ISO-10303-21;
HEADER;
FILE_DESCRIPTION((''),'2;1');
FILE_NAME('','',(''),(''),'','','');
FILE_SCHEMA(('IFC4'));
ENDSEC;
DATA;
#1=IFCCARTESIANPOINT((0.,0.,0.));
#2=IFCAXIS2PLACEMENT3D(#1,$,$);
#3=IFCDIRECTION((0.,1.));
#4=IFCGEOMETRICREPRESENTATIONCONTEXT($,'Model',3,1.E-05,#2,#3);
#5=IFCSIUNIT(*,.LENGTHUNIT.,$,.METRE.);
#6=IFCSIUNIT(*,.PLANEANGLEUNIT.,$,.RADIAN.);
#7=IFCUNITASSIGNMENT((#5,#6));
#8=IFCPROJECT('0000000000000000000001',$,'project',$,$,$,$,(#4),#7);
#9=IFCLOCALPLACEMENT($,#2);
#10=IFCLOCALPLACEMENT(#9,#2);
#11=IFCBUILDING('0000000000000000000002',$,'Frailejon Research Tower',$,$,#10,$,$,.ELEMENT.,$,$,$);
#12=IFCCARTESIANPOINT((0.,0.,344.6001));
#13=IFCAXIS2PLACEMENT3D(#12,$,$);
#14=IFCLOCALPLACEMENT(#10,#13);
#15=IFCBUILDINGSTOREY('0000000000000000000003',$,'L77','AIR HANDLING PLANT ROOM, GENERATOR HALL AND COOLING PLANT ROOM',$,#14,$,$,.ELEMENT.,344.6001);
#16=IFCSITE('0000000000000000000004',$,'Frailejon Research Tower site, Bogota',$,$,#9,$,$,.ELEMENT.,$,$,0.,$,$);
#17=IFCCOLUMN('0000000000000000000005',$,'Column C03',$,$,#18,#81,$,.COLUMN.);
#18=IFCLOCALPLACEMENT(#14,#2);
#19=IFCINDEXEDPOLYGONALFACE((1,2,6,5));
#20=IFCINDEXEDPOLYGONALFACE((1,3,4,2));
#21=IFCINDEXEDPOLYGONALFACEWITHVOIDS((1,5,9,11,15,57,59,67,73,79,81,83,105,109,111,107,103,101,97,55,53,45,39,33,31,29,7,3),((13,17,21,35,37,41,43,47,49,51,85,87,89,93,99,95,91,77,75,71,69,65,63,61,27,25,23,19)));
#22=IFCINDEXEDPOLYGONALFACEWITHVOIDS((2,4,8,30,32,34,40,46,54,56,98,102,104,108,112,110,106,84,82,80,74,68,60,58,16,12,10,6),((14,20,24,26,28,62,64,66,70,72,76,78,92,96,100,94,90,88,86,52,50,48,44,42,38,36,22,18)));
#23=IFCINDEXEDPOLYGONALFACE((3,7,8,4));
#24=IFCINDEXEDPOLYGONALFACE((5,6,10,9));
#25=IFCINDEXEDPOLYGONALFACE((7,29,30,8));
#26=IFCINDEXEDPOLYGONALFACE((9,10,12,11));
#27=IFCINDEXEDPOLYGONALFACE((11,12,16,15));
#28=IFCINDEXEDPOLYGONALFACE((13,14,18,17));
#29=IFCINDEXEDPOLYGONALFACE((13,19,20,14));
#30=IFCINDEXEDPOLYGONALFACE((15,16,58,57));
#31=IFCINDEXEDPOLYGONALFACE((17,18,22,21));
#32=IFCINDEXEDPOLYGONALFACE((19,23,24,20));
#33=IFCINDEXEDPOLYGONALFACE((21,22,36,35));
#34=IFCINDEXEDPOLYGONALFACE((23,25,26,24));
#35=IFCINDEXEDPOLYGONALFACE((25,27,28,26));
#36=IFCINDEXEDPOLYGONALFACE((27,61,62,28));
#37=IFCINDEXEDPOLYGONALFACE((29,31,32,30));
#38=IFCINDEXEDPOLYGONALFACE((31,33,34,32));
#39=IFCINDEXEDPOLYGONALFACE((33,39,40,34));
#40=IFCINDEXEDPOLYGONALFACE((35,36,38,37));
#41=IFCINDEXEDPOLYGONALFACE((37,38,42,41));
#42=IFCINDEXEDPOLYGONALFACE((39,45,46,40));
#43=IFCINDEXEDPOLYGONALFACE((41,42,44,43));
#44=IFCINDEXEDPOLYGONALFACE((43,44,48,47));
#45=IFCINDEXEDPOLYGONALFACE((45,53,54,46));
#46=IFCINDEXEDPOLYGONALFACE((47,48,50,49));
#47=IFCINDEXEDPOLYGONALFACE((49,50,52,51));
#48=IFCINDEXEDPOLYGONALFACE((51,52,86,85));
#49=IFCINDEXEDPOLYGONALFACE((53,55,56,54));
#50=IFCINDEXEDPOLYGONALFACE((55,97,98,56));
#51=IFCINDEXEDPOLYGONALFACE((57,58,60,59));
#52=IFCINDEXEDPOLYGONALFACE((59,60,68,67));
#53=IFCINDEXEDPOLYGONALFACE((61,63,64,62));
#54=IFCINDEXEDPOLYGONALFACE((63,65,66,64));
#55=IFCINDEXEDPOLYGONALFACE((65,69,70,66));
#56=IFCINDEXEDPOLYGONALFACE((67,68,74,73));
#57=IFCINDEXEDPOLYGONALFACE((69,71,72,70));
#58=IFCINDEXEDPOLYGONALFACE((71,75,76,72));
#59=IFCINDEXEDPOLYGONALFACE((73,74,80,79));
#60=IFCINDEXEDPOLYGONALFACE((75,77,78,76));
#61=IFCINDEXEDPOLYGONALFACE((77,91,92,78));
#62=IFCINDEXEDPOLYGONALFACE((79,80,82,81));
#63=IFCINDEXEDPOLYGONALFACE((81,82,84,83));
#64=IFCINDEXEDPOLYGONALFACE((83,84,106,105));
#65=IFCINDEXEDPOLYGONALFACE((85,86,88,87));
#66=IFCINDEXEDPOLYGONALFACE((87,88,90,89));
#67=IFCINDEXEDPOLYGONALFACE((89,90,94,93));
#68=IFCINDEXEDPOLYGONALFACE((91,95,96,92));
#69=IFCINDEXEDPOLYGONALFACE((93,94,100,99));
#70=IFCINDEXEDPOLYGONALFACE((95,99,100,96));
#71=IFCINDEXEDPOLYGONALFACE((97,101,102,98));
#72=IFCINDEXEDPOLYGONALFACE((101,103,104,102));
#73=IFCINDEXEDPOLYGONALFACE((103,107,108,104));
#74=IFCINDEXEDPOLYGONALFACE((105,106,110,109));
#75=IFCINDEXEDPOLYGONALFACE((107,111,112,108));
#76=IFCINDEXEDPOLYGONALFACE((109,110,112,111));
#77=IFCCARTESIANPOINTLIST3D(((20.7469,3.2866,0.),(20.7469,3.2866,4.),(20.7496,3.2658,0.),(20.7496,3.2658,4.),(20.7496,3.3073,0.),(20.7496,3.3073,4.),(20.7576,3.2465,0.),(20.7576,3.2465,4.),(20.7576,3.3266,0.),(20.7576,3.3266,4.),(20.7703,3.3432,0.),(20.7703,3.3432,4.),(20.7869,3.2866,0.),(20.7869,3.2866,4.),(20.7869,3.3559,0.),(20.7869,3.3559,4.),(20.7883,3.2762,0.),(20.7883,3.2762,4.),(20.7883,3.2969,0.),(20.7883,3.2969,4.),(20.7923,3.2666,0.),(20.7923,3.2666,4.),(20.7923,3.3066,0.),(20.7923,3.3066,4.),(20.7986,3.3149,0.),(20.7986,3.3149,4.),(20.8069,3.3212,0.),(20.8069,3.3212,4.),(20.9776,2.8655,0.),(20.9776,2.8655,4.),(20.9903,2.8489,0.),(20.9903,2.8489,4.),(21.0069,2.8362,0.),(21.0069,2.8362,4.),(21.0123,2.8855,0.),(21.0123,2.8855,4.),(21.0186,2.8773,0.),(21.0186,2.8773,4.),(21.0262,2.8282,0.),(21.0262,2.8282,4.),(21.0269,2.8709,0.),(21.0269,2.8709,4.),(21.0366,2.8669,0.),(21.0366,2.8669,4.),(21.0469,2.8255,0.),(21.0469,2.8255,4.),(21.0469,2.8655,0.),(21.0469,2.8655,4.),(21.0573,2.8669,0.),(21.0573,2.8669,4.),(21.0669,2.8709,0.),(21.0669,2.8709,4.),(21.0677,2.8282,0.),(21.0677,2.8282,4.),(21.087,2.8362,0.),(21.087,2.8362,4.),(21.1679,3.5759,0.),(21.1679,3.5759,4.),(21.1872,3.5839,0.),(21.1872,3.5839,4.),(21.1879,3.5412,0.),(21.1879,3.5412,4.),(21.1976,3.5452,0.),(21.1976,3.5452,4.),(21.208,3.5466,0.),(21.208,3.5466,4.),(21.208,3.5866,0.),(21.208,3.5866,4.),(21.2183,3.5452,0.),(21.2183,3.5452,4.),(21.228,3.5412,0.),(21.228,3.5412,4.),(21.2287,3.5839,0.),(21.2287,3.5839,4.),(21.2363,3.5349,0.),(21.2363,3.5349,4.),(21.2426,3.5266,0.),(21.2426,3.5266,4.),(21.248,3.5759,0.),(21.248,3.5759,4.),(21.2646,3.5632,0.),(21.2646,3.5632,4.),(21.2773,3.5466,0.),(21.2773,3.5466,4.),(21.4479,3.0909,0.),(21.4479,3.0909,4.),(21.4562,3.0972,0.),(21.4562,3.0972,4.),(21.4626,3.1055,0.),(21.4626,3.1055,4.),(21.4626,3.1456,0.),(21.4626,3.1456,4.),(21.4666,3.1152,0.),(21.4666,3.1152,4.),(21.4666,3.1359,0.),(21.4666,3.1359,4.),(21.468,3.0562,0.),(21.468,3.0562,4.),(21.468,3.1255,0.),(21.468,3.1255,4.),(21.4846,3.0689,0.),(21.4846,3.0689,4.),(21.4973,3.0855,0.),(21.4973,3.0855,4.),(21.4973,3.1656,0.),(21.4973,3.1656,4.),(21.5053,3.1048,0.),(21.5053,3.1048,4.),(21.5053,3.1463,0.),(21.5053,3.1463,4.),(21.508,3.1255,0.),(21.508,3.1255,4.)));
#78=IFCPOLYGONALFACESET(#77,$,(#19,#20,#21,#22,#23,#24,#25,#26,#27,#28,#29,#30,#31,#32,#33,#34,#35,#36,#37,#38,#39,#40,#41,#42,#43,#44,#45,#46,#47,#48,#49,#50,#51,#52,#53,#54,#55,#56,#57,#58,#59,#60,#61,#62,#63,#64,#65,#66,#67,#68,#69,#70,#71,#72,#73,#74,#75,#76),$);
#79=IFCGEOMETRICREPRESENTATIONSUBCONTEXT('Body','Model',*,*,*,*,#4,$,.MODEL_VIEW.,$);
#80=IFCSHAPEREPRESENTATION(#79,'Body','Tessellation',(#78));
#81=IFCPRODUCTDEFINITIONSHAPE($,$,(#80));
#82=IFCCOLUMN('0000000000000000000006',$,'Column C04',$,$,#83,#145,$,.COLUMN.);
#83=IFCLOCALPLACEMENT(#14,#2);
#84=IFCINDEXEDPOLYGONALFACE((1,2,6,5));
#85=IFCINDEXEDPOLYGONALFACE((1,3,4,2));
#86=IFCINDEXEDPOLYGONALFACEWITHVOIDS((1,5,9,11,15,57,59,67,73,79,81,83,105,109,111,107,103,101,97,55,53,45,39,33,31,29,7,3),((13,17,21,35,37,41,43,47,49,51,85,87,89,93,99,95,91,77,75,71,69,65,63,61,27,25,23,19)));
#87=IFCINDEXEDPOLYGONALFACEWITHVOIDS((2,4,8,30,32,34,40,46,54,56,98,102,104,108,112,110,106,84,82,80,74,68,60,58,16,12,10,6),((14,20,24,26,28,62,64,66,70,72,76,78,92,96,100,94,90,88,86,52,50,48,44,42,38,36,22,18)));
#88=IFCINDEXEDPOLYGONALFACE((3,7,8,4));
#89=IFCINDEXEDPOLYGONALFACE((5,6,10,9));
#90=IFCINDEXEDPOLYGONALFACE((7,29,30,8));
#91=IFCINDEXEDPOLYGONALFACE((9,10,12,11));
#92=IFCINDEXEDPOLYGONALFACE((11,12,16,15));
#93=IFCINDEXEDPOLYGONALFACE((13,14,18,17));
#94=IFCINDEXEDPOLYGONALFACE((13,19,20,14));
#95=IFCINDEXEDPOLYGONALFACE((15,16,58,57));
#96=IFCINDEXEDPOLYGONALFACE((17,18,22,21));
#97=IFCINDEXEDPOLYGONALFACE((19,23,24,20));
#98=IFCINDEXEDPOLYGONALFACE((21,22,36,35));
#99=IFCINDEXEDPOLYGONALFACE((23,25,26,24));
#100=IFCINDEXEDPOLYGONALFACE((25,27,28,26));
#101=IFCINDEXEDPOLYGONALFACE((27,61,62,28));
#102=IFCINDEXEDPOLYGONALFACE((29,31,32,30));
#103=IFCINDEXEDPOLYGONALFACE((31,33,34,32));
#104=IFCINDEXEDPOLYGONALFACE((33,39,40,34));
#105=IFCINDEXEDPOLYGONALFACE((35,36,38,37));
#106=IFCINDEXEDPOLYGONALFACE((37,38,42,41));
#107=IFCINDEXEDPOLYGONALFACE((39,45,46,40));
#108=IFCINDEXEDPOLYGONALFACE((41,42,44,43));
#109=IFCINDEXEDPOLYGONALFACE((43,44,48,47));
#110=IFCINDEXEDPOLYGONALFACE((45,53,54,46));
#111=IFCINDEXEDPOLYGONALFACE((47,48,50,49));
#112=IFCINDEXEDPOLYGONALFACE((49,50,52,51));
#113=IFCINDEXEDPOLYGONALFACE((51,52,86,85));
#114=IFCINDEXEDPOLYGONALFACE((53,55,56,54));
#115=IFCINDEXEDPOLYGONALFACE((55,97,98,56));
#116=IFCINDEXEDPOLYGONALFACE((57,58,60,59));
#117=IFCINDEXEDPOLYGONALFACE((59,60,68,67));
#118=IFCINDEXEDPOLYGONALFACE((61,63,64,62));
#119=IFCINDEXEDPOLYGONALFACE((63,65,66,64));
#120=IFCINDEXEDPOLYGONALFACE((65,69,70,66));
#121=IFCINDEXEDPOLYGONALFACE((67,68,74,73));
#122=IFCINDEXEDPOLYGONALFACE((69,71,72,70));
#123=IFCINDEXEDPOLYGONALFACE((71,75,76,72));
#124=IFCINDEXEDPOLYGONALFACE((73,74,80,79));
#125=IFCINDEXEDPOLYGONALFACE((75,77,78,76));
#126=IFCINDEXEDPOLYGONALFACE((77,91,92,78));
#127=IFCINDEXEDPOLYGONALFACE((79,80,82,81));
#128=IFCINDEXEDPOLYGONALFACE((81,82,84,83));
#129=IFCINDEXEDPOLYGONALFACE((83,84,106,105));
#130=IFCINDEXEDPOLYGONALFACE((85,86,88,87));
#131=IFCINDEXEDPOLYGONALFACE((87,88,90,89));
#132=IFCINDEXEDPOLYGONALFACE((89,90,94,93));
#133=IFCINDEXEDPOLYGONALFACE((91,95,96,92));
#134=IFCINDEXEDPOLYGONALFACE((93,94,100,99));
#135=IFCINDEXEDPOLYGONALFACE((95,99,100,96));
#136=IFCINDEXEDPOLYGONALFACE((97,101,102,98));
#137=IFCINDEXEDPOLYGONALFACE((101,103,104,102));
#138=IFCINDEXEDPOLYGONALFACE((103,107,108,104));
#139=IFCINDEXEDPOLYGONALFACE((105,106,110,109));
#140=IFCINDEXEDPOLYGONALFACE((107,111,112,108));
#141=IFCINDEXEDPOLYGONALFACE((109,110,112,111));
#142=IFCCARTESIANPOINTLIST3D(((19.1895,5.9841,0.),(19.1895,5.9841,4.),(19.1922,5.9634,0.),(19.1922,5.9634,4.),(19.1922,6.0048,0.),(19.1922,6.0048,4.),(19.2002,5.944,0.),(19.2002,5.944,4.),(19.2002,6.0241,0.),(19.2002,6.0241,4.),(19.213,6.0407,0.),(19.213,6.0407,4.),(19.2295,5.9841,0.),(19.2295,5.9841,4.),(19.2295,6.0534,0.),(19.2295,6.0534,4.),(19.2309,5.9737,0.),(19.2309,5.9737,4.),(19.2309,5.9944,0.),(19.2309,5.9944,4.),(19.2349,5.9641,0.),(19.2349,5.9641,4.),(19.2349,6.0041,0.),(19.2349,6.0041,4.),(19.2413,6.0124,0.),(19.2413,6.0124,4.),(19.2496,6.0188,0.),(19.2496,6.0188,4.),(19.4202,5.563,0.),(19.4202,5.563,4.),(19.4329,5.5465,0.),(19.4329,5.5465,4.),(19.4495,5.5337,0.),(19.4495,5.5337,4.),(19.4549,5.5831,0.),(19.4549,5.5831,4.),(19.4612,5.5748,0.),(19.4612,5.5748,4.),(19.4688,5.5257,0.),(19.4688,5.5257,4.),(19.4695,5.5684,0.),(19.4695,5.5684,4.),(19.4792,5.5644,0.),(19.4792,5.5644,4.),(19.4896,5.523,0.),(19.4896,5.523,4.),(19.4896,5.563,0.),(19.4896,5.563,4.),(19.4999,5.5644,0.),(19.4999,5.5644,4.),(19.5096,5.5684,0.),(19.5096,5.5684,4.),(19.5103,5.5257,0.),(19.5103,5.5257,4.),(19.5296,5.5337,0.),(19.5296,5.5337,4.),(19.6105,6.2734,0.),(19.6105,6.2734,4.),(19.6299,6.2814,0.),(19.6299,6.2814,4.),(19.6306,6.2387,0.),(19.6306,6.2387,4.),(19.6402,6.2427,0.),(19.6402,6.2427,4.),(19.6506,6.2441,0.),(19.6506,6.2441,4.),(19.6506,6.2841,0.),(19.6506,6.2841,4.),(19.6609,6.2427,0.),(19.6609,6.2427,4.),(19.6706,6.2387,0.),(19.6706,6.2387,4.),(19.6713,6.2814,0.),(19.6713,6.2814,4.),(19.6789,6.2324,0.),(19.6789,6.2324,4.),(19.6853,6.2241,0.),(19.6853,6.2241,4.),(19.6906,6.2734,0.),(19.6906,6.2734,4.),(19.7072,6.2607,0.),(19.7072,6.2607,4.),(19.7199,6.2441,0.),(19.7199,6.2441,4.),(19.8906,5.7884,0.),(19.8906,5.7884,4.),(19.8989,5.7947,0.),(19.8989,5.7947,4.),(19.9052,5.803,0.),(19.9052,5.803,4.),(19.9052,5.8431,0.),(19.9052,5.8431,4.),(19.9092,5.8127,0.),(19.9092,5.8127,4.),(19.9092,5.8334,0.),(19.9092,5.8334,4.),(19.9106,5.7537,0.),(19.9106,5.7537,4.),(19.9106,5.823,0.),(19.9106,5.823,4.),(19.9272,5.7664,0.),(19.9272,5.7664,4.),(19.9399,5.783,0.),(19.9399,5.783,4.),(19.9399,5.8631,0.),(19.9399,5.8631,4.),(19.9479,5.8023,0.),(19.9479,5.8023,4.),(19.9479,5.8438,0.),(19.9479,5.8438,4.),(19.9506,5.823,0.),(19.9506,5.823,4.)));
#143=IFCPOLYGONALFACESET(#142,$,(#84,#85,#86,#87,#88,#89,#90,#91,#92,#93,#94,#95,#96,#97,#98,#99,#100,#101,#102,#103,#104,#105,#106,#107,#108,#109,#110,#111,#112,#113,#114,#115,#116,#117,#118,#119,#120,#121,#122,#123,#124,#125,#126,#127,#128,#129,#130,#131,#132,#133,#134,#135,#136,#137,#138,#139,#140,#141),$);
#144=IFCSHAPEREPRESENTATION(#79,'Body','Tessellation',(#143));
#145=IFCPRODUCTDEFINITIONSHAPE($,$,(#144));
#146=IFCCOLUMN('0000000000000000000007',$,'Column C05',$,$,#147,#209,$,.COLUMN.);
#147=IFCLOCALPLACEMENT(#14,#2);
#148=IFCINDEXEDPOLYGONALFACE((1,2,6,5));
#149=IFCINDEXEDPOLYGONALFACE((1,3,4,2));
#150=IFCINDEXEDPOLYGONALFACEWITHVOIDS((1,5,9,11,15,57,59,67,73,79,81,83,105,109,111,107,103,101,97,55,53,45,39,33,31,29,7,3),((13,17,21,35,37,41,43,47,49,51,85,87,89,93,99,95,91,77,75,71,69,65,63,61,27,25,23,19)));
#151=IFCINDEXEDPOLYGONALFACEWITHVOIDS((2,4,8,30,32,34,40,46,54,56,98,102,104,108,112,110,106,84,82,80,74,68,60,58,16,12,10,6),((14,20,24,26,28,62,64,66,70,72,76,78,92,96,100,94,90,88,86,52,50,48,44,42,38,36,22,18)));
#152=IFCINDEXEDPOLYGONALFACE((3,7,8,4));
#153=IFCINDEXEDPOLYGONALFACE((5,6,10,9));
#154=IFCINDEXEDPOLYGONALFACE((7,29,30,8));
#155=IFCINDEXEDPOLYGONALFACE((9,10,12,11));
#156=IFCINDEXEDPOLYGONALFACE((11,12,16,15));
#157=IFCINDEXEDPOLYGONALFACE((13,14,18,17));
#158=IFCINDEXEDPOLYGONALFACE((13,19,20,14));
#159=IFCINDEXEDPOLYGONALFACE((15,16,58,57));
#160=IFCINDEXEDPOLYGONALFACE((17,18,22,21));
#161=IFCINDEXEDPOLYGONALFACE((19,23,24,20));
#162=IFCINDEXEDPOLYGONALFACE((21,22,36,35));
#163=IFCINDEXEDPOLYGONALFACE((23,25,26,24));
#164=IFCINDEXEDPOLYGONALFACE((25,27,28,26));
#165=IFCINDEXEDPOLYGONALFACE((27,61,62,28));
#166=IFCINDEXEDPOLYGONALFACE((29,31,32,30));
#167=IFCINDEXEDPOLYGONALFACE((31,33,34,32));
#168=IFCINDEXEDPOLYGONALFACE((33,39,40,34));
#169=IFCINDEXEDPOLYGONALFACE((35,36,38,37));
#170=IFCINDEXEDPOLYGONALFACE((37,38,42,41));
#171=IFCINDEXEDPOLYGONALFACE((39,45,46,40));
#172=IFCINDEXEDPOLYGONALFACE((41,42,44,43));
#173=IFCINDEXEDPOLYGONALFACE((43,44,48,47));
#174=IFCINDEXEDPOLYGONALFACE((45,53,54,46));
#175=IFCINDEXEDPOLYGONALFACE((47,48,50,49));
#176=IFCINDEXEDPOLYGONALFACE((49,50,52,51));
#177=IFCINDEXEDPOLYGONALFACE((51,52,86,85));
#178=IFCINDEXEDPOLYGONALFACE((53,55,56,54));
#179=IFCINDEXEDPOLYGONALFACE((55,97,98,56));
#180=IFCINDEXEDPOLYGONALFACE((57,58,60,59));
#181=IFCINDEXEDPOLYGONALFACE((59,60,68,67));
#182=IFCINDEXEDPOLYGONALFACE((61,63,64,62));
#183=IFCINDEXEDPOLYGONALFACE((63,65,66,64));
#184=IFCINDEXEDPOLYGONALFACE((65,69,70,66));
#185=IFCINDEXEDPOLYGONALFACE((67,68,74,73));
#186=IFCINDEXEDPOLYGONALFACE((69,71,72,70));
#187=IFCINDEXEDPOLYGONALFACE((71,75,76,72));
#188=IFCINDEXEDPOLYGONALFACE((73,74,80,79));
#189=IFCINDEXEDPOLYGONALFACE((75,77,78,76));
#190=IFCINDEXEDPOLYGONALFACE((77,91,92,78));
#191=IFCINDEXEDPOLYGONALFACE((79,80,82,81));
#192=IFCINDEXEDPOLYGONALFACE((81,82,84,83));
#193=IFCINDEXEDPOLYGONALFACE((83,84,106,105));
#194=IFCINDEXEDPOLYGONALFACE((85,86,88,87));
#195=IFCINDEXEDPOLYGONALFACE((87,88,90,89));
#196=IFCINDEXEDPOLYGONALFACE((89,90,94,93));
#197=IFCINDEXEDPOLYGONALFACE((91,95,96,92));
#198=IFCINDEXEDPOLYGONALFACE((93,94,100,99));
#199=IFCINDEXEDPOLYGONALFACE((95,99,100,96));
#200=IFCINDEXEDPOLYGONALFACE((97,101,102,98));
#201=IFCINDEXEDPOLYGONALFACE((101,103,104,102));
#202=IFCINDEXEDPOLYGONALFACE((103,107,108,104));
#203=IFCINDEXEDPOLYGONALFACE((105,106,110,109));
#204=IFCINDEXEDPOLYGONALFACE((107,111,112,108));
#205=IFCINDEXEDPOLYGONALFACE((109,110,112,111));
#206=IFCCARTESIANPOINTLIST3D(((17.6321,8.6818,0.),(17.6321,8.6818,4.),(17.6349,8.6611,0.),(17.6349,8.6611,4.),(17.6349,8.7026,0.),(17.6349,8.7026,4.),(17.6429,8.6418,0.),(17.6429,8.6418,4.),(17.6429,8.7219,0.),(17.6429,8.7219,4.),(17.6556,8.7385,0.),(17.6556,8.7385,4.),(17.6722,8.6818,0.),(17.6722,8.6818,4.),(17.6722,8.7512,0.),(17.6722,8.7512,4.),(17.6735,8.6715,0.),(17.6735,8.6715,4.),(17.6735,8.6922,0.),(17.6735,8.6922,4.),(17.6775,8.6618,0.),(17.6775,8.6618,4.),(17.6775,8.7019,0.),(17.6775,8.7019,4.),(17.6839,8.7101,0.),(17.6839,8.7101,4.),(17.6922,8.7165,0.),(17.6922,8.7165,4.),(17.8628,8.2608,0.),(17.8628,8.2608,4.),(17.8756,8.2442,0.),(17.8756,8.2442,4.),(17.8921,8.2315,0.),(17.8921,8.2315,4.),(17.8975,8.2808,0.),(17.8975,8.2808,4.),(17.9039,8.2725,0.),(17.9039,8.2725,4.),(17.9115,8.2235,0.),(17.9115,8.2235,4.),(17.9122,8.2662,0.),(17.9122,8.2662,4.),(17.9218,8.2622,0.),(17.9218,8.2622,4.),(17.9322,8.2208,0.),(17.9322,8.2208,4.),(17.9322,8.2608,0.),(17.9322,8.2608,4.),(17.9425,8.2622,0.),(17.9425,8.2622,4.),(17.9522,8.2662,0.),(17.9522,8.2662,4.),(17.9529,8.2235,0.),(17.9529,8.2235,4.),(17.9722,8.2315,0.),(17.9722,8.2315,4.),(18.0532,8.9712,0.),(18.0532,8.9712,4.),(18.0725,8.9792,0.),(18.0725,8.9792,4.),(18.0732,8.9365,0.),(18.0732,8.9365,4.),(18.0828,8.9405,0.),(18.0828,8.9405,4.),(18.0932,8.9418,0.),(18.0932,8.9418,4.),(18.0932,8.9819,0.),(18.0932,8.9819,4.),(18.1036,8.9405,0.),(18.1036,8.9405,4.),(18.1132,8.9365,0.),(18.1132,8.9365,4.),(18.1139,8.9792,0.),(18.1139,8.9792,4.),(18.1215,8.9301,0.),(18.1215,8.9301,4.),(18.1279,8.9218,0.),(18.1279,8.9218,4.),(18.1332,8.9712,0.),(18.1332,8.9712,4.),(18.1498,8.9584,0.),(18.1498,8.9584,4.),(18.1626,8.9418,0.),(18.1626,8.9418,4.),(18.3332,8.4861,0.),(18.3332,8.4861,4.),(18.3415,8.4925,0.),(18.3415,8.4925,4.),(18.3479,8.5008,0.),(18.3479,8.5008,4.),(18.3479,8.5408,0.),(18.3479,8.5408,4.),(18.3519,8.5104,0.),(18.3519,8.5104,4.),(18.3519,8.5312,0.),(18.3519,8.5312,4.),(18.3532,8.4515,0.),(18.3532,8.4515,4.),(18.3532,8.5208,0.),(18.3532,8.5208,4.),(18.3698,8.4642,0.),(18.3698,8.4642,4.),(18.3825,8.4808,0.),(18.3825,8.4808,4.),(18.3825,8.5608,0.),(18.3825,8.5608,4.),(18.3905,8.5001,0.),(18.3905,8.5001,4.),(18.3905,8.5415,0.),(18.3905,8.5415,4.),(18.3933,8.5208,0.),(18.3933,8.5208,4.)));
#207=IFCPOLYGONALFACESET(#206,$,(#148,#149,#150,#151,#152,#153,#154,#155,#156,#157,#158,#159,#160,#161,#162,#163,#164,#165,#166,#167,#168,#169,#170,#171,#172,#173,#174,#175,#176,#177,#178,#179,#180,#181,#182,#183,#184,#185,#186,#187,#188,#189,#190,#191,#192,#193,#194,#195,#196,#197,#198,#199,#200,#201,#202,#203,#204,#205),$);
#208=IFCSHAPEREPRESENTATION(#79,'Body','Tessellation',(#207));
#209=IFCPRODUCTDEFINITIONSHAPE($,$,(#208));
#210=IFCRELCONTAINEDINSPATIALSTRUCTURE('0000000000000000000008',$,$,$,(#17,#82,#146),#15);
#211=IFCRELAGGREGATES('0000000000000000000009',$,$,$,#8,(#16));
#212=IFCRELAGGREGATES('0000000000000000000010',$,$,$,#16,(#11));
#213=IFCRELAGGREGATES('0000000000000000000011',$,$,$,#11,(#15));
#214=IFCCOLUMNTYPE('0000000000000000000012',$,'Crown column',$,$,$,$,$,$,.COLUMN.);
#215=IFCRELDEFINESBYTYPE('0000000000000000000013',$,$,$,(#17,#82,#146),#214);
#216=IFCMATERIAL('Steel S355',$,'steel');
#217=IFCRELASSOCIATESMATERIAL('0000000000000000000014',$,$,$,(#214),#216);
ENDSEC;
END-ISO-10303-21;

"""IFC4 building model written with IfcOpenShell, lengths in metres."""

from ifc_helpers import new_model, si_unit, direction, frame, origin, origin_2d, place, context, subcontext, project, spatial, hollow_rectangle, extrude, material, material_profile, profile_set, type_object, element, save


model = new_model("IFC4")

# Units and contexts
model_context = context("Model", 3, precision=1e-05, world=origin(), true_north=direction((0.0, 1.0)))
body_context = subcontext(model_context, "Body", "Model", "MODEL_VIEW")
ifc_project = project(units=[si_unit("LENGTHUNIT", "METRE"), si_unit("PLANEANGLEUNIT", "RADIAN")], contexts=[model_context])

# Site, building, storey
site_placement = place(None, origin())
site = spatial("IfcSite", under=ifc_project, at=site_placement, Name="Frailejon Research Tower site, Bogota", CompositionType="ELEMENT", RefElevation=0.0)
building_placement = place(site_placement, origin())
building = spatial("IfcBuilding", under=site, at=building_placement, Name="Frailejon Research Tower", CompositionType="ELEMENT")
storey_placement = place(building_placement, frame((0.0, 0.0, 344.6001)))
storey = spatial("IfcBuildingStorey", under=building, at=storey_placement, Name="L77", Description="AIR HANDLING PLANT ROOM, GENERATOR HALL AND COOLING PLANT ROOM", CompositionType="ELEMENT", Elevation=344.6001)

# Columns
ifc_material_1 = material(Name="Steel S355", Category="steel")
ifc_material_profile_1 = material_profile(ifc_material_1, hollow_rectangle(XDim=0.6001, YDim=0.6001, WallThickness=0.04, InnerFilletRadius=0.04, OuterFilletRadius=0.0801, at=origin_2d()), Name="Crown column")
ifc_profile_set_1 = profile_set([ifc_material_profile_1], Name="Steel S355")
column_type = type_object("IfcColumnType", Name="Crown column", PredefinedType="COLUMN", material=ifc_profile_set_1)
for number, where, z_axis, x_axis, name in (
    (1, (21.1274, 3.2061, 0.0), (0.0, 0.0, 1.0), (-0.5, 0.866025, 0.0), "Column C03"),
    (2, (19.5701, 5.9036, 0.0), (0.0, 0.0, 1.0), (-0.5, 0.866025, 0.0), "Column C04"),
    (3, (18.0127, 8.6013, 0.0), (0.0, 0.0, 1.0), (-0.5, 0.866025, 0.0), "Column C05"),
):
    element("IfcColumn", number, at=place(storey_placement, frame(where, z_axis=z_axis, x_axis=x_axis)), inside=storey, type_object=column_type, Name=name, PredefinedType="COLUMN", context=body_context, shape_type="SweptSolid", body=[
        extrude(hollow_rectangle(XDim=0.6001, YDim=0.6001, WallThickness=0.04, InnerFilletRadius=0.04, OuterFilletRadius=0.0801, at=origin_2d()), origin(), (0.0, 0.0, 1.0), 4.0),
    ])

save(model, "model.ifc")
